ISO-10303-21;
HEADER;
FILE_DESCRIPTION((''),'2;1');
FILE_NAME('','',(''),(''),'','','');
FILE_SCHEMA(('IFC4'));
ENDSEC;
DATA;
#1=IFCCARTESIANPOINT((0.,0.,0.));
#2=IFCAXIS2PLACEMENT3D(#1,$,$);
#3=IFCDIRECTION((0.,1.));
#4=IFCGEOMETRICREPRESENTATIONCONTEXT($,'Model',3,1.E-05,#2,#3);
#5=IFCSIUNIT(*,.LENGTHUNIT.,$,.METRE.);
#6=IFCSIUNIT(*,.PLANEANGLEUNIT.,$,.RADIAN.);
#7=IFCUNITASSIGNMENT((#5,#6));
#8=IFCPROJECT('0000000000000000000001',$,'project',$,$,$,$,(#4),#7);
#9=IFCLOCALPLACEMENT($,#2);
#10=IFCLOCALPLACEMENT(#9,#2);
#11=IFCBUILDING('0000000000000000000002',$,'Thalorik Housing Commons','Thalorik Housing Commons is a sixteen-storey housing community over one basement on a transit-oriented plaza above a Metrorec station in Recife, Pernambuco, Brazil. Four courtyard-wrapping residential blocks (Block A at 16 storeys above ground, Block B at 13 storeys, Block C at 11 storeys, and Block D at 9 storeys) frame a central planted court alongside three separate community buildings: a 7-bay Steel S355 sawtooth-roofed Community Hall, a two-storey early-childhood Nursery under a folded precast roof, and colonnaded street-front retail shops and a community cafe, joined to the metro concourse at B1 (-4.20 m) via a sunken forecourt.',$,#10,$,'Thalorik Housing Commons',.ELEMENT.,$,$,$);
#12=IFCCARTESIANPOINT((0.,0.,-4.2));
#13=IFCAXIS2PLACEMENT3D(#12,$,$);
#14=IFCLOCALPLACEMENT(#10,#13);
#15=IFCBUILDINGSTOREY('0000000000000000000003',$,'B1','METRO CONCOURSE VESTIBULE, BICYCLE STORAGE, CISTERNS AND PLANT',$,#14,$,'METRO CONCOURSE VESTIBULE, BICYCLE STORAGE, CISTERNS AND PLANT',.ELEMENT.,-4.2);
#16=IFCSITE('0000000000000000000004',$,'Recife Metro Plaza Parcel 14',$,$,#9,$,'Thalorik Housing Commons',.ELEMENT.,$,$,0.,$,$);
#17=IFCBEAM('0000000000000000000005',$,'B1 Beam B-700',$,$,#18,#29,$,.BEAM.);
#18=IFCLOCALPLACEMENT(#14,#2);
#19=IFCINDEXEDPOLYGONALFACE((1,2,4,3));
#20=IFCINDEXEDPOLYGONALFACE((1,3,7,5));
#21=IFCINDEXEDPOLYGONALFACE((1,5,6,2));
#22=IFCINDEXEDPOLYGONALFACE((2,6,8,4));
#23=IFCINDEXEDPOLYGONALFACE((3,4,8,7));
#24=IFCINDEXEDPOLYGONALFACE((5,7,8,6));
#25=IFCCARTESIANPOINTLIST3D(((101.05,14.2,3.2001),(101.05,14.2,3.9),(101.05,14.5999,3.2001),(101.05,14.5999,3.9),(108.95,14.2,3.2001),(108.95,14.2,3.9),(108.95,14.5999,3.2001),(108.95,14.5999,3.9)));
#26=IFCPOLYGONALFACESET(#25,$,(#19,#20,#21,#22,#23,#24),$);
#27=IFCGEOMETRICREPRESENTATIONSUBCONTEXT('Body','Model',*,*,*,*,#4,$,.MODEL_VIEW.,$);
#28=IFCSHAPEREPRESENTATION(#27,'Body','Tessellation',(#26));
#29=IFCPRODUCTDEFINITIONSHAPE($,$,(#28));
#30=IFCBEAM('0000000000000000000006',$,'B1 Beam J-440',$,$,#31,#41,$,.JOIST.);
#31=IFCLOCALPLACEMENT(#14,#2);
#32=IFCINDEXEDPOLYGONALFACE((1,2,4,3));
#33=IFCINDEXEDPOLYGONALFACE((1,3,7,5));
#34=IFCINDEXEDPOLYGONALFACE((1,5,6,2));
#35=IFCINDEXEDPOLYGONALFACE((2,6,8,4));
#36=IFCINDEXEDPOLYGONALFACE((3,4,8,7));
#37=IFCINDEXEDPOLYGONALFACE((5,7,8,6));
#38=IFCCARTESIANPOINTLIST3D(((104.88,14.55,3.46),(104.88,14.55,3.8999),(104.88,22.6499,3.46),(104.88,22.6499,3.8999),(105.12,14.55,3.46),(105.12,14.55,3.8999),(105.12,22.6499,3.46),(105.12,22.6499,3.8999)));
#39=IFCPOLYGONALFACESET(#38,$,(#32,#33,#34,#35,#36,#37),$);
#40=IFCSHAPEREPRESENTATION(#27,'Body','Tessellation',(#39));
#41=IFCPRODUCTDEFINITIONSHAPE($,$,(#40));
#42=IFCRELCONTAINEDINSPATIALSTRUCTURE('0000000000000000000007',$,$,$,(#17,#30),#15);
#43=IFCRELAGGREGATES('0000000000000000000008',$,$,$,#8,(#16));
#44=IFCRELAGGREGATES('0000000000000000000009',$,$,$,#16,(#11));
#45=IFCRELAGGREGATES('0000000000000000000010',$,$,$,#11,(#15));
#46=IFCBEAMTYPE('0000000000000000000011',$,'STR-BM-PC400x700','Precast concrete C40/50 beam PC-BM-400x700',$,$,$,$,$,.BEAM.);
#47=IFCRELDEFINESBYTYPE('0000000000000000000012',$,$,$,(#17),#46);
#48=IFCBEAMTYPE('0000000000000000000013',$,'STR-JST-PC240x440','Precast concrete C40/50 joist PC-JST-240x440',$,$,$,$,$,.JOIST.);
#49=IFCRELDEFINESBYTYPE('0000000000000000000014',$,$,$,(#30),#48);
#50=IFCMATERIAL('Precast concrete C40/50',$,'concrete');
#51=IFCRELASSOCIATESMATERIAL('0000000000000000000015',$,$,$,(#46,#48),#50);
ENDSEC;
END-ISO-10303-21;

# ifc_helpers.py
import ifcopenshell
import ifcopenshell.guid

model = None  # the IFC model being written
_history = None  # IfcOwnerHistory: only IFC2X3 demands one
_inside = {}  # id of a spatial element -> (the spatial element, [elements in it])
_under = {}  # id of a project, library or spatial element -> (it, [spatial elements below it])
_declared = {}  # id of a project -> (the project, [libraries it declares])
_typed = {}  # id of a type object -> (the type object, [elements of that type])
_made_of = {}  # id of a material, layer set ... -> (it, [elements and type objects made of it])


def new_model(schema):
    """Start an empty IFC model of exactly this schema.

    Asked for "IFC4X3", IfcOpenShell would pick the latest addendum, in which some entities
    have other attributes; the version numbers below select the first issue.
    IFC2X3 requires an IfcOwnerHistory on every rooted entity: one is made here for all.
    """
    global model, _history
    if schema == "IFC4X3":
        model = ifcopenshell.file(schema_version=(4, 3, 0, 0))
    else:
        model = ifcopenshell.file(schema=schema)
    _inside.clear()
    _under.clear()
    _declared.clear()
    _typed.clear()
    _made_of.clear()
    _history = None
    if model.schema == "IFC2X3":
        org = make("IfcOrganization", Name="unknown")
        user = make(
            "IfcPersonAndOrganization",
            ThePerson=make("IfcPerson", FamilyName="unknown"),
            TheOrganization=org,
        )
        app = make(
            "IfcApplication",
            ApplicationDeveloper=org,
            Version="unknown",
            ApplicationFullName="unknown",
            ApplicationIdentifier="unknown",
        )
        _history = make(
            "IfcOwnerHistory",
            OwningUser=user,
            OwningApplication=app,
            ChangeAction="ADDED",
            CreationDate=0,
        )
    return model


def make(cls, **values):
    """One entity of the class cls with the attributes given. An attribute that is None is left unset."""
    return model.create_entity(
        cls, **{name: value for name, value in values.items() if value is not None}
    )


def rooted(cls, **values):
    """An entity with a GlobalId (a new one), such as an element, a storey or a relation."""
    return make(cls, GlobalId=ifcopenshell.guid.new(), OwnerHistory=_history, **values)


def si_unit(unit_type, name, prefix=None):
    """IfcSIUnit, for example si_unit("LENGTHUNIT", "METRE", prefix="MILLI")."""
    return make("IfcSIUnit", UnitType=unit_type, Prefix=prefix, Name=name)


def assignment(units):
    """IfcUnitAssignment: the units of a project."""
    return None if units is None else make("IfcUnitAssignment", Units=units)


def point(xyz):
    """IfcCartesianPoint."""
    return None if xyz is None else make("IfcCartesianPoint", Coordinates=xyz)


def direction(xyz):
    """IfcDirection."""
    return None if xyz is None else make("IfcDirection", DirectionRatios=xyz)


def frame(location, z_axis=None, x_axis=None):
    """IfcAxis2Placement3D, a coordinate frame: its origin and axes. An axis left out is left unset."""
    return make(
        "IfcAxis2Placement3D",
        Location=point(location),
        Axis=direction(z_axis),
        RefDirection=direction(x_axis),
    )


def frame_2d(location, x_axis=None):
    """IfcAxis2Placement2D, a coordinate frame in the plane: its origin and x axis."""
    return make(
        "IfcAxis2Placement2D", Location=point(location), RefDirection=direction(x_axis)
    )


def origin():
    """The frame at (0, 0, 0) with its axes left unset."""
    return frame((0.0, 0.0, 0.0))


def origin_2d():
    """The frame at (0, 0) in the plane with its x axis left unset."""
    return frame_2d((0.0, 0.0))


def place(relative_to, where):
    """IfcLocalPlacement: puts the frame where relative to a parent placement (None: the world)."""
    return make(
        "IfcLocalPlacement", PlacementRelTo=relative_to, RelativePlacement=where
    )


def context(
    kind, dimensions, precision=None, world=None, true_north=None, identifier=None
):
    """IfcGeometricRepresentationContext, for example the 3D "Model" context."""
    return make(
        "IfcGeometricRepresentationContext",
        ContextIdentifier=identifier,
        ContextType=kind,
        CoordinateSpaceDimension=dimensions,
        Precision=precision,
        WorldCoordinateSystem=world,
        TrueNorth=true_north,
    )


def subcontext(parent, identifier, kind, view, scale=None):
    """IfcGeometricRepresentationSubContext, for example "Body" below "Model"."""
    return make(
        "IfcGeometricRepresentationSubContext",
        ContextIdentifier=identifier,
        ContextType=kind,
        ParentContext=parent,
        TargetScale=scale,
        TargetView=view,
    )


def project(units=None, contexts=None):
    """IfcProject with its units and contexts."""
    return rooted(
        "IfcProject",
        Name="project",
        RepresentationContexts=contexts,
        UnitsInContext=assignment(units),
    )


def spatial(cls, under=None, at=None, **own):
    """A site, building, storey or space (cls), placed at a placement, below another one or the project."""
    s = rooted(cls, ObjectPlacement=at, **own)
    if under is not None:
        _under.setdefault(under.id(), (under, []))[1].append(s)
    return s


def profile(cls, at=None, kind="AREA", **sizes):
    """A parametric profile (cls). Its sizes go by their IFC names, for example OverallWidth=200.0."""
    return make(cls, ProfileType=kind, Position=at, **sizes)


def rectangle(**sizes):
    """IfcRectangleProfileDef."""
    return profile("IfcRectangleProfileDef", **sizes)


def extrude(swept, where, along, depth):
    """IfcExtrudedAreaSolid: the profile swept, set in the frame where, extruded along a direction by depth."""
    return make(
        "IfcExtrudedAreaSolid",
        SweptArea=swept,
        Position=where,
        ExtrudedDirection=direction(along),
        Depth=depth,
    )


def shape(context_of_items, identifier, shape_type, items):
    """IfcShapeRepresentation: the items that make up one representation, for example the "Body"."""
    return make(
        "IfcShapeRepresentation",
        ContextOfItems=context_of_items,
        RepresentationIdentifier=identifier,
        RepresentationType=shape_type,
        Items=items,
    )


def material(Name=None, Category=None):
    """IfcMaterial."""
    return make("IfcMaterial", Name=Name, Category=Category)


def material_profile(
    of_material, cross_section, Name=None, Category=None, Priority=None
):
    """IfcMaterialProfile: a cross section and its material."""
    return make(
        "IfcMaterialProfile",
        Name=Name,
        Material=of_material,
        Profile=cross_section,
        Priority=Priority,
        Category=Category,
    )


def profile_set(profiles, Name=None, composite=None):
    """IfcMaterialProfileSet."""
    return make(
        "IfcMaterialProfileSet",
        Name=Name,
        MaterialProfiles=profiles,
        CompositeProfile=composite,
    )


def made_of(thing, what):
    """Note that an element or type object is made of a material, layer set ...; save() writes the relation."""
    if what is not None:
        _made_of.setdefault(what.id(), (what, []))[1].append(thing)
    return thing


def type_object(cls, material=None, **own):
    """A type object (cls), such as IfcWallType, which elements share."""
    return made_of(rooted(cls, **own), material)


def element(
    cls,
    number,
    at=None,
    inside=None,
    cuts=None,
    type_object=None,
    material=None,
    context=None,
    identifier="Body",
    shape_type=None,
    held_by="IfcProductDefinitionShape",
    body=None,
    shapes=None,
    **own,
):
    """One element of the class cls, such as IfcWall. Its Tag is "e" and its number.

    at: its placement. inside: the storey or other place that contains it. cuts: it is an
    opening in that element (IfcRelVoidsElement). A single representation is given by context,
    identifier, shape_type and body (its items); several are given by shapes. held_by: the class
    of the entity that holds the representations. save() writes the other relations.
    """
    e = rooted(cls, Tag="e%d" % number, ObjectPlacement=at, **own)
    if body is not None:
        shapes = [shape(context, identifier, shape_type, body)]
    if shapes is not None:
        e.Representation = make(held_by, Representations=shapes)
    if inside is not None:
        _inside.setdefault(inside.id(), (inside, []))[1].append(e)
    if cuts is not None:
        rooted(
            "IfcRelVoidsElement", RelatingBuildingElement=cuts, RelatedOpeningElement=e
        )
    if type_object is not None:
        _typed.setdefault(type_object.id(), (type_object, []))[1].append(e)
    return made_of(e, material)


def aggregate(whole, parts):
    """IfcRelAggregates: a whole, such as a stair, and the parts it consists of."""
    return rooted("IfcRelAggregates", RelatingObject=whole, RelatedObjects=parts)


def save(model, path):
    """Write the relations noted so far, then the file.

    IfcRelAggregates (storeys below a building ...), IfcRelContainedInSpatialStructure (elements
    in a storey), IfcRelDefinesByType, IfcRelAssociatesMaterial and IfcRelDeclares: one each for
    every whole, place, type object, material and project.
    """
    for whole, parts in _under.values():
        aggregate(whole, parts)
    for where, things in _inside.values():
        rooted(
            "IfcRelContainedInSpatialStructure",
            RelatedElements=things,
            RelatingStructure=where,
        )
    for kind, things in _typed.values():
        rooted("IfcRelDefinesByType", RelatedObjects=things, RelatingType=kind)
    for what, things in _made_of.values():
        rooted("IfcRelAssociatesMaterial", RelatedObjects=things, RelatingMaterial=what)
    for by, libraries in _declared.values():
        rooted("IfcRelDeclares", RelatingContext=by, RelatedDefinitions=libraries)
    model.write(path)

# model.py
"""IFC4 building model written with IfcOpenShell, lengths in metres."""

from ifc_helpers import new_model, si_unit, direction, frame, origin, origin_2d, place, context, subcontext, project, spatial, rectangle, extrude, material, material_profile, profile_set, type_object, element, save


model = new_model("IFC4")

# Units and contexts
model_context = context("Model", 3, precision=1e-05, world=origin(), true_north=direction((0.0, 1.0)))
body_context = subcontext(model_context, "Body", "Model", "MODEL_VIEW")
ifc_project = project(units=[si_unit("LENGTHUNIT", "METRE"), si_unit("PLANEANGLEUNIT", "RADIAN")], contexts=[model_context])

# Site, building, storey
site_placement = place(None, origin())
site = spatial("IfcSite", under=ifc_project, at=site_placement, Name="Recife Metro Plaza Parcel 14", LongName="Thalorik Housing Commons", CompositionType="ELEMENT", RefElevation=0.0)
building_placement = place(site_placement, origin())
building = spatial("IfcBuilding", under=site, at=building_placement, Name="Thalorik Housing Commons", Description="Thalorik Housing Commons is a sixteen-storey housing community over one basement on a transit-oriented plaza above a Metrorec station in Recife, Pernambuco, Brazil. Four courtyard-wrapping residential blocks (Block A at 16 storeys above ground, Block B at 13 storeys, Block C at 11 storeys, and Block D at 9 storeys) frame a central planted court alongside three separate community buildings: a 7-bay Steel S355 sawtooth-roofed Community Hall, a two-storey early-childhood Nursery under a folded precast roof, and colonnaded street-front retail shops and a community cafe, joined to the metro concourse at B1 (-4.20 m) via a sunken forecourt.", LongName="Thalorik Housing Commons", CompositionType="ELEMENT")
storey_placement = place(building_placement, frame((0.0, 0.0, -4.2)))
storey = spatial("IfcBuildingStorey", under=building, at=storey_placement, Name="B1", Description="METRO CONCOURSE VESTIBULE, BICYCLE STORAGE, CISTERNS AND PLANT", LongName="METRO CONCOURSE VESTIBULE, BICYCLE STORAGE, CISTERNS AND PLANT", CompositionType="ELEMENT", Elevation=-4.2)

# Shared definitions
ifc_material_1 = material(Name="Precast concrete C40/50", Category="concrete")

# Beams
ifc_material_profile_1 = material_profile(ifc_material_1, rectangle(XDim=0.3999, YDim=0.7, at=origin_2d()), Name="PC 400x700", Category="concrete")
ifc_profile_set_1 = profile_set([ifc_material_profile_1], Name="Precast concrete C40/50")
beam_type_1 = type_object("IfcBeamType", Name="STR-BM-PC400x700", Description="Precast concrete C40/50 beam PC-BM-400x700", PredefinedType="BEAM", material=ifc_profile_set_1)
beam_1_placement = place(storey_placement, frame((101.05, 14.3999, 3.55), z_axis=(1.0, 0.0, 0.0), x_axis=(0.0, 1.0, 0.0)))
element("IfcBeam", 1, at=beam_1_placement, inside=storey, type_object=beam_type_1, Name="B1 Beam B-700", PredefinedType="BEAM", context=body_context, shape_type="SweptSolid", body=[
    extrude(rectangle(XDim=0.3999, YDim=0.7, at=origin_2d()), origin(), (0.0, 0.0, 1.0), 7.8999),
])
ifc_material_profile_2 = material_profile(ifc_material_1, rectangle(XDim=0.24, YDim=0.4399, at=origin_2d()), Name="PC JST 240x440", Category="concrete")
ifc_profile_set_2 = profile_set([ifc_material_profile_2], Name="Precast concrete C40/50")
beam_type_2 = type_object("IfcBeamType", Name="STR-JST-PC240x440", Description="Precast concrete C40/50 joist PC-JST-240x440", PredefinedType="JOIST", material=ifc_profile_set_2)
beam_2_placement = place(storey_placement, frame((105.0, 14.55, 3.6799), z_axis=(0.0, 1.0, 0.0), x_axis=(-1.0, 0.0, 0.0)))
element("IfcBeam", 2, at=beam_2_placement, inside=storey, type_object=beam_type_2, Name="B1 Beam J-440", PredefinedType="JOIST", context=body_context, shape_type="SweptSolid", body=[
    extrude(rectangle(XDim=0.24, YDim=0.4399, at=origin_2d()), origin(), (0.0, 0.0, 1.0), 8.0999),
])

save(model, "model.ifc")
